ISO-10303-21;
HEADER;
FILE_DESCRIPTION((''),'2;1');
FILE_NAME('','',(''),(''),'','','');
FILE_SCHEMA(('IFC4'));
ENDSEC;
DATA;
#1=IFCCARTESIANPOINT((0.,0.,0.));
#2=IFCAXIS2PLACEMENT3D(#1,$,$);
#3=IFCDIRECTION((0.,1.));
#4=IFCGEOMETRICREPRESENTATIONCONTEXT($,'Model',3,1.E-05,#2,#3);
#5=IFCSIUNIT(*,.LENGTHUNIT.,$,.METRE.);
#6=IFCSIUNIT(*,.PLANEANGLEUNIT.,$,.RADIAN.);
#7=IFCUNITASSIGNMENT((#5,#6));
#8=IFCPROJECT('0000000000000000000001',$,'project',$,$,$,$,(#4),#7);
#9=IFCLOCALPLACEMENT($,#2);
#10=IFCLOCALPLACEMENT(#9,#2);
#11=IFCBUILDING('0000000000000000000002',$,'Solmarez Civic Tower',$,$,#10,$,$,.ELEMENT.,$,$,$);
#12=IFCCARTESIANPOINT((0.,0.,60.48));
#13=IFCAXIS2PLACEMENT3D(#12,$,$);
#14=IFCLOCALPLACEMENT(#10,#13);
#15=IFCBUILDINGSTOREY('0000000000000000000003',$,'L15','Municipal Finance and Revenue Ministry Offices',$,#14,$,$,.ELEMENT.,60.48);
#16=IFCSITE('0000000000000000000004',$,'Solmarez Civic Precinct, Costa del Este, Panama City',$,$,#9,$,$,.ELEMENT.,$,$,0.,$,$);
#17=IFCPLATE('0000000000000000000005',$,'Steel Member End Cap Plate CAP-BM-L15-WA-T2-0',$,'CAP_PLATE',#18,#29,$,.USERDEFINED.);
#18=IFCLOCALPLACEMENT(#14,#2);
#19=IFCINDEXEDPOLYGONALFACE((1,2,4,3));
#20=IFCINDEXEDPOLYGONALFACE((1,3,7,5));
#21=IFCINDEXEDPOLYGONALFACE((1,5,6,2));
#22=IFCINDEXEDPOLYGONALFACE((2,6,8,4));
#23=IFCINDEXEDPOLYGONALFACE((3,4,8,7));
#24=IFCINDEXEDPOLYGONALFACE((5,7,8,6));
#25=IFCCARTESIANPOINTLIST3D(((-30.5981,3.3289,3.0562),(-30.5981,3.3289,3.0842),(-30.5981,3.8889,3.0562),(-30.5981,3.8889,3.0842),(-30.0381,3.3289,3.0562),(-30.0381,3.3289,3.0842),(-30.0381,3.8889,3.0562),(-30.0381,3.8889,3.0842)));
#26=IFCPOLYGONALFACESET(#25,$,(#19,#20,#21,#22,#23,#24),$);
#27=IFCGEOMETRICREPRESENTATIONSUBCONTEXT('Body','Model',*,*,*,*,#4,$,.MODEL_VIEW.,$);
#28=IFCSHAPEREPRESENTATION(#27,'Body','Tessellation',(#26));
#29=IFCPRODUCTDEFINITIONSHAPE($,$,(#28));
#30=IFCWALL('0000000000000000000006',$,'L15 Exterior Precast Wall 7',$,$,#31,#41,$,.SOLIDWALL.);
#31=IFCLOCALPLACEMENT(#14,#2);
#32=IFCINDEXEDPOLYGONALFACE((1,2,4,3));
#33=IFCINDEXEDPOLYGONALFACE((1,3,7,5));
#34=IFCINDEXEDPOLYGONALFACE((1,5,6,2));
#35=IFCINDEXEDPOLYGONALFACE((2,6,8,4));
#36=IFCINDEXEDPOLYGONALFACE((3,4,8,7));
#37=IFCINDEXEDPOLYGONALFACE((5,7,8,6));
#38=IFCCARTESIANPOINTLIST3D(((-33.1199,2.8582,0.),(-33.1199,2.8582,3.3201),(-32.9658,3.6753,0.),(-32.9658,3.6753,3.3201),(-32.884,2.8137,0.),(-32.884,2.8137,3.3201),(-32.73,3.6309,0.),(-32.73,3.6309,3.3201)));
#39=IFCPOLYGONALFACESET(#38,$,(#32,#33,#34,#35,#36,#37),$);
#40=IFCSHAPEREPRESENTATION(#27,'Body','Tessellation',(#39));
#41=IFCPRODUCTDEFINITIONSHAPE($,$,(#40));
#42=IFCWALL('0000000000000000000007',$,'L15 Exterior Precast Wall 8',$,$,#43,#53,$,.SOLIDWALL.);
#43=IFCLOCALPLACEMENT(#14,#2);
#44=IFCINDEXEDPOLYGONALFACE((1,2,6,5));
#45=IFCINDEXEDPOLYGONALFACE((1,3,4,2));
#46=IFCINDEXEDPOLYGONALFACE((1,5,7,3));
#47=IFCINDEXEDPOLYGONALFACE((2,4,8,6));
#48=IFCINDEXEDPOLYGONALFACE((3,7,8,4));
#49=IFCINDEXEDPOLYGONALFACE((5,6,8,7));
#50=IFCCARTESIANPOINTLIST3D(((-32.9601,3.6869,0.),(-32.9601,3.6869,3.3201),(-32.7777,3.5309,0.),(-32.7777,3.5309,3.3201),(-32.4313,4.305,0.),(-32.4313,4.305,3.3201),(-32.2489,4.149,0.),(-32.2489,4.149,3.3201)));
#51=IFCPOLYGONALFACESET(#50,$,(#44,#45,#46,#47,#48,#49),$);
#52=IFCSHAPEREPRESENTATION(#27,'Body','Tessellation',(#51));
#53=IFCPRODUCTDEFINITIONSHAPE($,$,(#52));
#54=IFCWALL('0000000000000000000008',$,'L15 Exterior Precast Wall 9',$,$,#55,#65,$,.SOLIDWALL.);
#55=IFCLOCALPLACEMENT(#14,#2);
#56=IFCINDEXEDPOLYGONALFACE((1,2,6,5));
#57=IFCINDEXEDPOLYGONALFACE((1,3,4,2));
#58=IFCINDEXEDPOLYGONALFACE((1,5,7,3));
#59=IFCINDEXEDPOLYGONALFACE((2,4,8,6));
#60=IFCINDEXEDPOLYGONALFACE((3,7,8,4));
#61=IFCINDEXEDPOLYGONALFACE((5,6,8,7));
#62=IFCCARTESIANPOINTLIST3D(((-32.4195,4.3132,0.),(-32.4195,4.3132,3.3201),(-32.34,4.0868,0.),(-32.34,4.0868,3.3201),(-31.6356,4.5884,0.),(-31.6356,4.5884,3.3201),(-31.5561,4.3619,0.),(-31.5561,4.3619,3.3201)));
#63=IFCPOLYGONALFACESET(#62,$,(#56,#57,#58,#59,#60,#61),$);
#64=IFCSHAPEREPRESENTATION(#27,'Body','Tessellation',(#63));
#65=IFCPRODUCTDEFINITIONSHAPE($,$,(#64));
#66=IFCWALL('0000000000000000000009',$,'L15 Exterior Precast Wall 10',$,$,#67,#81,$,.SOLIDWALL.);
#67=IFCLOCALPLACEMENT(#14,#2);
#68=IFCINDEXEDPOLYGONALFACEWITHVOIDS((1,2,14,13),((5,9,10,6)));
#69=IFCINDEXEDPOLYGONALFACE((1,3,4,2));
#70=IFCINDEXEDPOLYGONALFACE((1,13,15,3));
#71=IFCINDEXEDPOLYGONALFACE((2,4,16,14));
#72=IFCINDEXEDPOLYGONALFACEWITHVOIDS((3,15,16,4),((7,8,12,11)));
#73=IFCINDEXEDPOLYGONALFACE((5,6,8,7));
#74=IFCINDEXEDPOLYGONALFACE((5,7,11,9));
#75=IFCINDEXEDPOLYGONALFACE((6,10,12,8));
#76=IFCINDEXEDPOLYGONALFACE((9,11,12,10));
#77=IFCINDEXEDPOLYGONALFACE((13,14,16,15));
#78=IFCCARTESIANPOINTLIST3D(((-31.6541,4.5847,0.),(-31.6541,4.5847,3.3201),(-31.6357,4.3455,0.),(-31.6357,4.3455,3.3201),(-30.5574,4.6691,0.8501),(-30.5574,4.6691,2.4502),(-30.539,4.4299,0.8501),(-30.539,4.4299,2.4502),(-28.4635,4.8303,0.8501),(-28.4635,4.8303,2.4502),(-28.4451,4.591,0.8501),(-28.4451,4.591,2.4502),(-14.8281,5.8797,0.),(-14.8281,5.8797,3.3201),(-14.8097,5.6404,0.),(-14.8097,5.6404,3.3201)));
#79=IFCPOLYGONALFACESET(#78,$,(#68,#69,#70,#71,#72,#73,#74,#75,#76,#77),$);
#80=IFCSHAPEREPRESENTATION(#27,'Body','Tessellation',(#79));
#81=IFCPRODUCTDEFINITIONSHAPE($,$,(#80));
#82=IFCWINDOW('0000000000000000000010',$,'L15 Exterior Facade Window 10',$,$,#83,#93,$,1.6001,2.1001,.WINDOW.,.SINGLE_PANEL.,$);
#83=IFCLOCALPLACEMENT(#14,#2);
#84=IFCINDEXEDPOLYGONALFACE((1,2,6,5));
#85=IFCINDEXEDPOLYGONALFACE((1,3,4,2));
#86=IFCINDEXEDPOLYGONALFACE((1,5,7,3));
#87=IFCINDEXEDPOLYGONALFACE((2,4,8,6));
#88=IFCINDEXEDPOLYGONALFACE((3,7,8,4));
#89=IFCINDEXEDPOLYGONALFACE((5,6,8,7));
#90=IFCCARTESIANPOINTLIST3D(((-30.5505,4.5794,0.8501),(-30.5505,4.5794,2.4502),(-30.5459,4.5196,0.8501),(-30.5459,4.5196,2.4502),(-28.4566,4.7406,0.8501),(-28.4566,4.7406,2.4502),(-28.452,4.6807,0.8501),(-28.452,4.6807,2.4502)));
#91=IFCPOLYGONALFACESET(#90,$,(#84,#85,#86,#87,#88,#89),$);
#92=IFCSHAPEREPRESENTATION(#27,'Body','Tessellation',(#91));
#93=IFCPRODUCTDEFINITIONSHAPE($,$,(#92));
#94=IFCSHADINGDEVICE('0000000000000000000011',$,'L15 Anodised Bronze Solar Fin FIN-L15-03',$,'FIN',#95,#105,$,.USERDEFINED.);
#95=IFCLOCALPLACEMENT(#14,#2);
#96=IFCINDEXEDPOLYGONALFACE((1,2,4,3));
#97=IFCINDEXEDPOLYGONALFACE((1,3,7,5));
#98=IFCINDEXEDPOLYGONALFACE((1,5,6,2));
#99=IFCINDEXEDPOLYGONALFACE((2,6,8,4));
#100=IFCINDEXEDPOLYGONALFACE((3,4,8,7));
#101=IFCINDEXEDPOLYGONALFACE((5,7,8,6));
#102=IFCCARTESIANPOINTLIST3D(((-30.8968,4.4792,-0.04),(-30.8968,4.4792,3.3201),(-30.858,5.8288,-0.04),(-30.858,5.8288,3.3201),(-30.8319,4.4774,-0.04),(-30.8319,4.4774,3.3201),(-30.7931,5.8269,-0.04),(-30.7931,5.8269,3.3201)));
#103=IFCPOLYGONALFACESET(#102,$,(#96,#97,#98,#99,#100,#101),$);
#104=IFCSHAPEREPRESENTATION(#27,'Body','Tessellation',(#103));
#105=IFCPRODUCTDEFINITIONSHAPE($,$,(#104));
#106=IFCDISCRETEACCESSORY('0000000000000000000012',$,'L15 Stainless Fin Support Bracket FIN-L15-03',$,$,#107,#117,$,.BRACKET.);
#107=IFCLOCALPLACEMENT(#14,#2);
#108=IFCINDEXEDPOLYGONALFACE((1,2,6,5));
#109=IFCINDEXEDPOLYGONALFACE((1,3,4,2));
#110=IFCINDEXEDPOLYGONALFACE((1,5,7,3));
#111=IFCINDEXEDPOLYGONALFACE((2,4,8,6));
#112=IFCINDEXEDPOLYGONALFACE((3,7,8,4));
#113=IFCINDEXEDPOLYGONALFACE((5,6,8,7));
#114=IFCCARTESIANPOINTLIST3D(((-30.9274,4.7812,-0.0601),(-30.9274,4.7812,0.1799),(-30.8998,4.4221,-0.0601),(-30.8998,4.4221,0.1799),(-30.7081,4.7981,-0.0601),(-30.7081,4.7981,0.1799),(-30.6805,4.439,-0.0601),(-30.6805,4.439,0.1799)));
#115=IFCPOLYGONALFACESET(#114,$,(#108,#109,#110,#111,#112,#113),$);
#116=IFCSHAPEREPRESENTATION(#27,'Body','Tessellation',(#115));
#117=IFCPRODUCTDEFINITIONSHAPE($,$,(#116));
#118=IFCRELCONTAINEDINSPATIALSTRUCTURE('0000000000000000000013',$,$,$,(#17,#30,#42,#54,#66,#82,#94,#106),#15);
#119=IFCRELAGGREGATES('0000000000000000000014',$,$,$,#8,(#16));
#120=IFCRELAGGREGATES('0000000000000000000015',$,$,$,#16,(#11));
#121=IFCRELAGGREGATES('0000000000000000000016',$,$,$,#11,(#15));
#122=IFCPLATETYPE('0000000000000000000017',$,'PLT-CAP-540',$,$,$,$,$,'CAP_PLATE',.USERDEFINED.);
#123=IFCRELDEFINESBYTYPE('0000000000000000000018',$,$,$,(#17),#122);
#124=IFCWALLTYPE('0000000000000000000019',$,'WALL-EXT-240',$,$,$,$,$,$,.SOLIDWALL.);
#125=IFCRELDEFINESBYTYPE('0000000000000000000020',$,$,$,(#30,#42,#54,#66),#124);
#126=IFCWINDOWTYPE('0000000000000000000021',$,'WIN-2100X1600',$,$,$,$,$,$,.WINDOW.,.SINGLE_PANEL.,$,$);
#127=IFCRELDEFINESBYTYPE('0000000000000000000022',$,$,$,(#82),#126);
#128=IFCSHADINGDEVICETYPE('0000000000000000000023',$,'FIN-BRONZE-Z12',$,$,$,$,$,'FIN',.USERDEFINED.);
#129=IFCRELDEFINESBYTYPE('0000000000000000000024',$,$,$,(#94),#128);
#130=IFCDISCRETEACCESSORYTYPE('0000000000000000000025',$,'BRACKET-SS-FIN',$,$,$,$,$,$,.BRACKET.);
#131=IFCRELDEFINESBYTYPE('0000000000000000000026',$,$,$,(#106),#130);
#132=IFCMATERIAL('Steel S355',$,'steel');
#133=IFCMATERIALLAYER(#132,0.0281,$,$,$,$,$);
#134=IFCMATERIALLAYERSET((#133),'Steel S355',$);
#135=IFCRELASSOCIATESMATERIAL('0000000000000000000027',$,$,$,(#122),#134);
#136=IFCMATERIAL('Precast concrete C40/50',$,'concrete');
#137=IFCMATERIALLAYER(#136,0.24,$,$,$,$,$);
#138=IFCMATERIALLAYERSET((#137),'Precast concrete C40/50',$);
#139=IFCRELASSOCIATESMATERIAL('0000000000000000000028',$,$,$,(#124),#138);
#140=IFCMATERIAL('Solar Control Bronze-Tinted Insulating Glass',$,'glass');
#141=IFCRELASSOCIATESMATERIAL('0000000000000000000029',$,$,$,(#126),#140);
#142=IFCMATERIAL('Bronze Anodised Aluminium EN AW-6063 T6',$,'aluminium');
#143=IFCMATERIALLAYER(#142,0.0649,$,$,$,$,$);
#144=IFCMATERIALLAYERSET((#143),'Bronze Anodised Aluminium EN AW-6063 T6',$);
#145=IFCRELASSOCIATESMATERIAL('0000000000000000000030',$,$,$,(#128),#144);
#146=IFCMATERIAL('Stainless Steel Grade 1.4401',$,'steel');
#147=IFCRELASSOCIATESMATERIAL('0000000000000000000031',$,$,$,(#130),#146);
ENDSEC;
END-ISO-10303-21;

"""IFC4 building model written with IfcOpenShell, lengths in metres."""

from ifc_helpers import new_model, si_unit, direction, frame, frame_2d, origin, origin_2d, place, context, subcontext, project, spatial, rectangle, extrude, material, layer, layer_set, type_object, element, fill, save


model = new_model("IFC4")

# Units and contexts
model_context = context("Model", 3, precision=1e-05, world=origin(), true_north=direction((0.0, 1.0)))
body_context = subcontext(model_context, "Body", "Model", "MODEL_VIEW")
ifc_project = project(units=[si_unit("LENGTHUNIT", "METRE"), si_unit("PLANEANGLEUNIT", "RADIAN")], contexts=[model_context])

# Site, building, storey
site_placement = place(None, origin())
site = spatial("IfcSite", under=ifc_project, at=site_placement, Name="Solmarez Civic Precinct, Costa del Este, Panama City", CompositionType="ELEMENT", RefElevation=0.0)
building_placement = place(site_placement, origin())
building = spatial("IfcBuilding", under=site, at=building_placement, Name="Solmarez Civic Tower", CompositionType="ELEMENT")
storey_placement = place(building_placement, frame((0.0, 0.0, 60.48)))
storey = spatial("IfcBuildingStorey", under=building, at=storey_placement, Name="L15", Description="Municipal Finance and Revenue Ministry Offices", CompositionType="ELEMENT", Elevation=60.48)

# Shared definitions
ifc_material_1 = material(Name="Steel S355", Category="steel")

# Shared definitions
ifc_material_2 = material(Name="Bronze Anodised Aluminium EN AW-6063 T6", Category="aluminium")

# Plate
ifc_layer_1 = layer(ifc_material_1, 0.0281)
ifc_layer_set_1 = layer_set([ifc_layer_1], Name="Steel S355")
plate_type_1 = type_object("IfcPlateType", Name="PLT-CAP-540", ElementType="CAP_PLATE", PredefinedType="USERDEFINED", material=ifc_layer_set_1)
plate_1_placement = place(storey_placement, frame((-30.3181, 3.6089, 3.0562), z_axis=(0.0, 0.0, 1.0), x_axis=(1.0, 0.0, 0.0)))
element("IfcPlate", 1, at=plate_1_placement, inside=storey, type_object=plate_type_1, Name="Steel Member End Cap Plate CAP-BM-L15-WA-T2-0", ObjectType="CAP_PLATE", PredefinedType="USERDEFINED", context=body_context, shape_type="SweptSolid", body=[
    extrude(rectangle(XDim=0.5601, YDim=0.5601, at=origin_2d()), origin(), (0.0, 0.0, 1.0), 0.0281),
])

# Walls
ifc_material_3 = material(Name="Precast concrete C40/50", Category="concrete")
ifc_layer_2 = layer(ifc_material_3, 0.24)
ifc_layer_set_2 = layer_set([ifc_layer_2], Name="Precast concrete C40/50")
wall_type = type_object("IfcWallType", Name="WALL-EXT-240", PredefinedType="SOLIDWALL", material=ifc_layer_set_2)
wall_1_placement = place(storey_placement, frame((-33.002, 2.8359, 0.0), z_axis=(0.0, 0.0, 1.0), x_axis=(0.185263, 0.982689, 0.0)))
element("IfcWall", 2, at=wall_1_placement, inside=storey, type_object=wall_type, Name="L15 Exterior Precast Wall 7", PredefinedType="SOLIDWALL", context=body_context, shape_type="SweptSolid", body=[
    extrude(rectangle(XDim=0.8315, YDim=0.24, at=frame_2d((0.4158, 0.0))), origin(), (0.0, 0.0, 1.0), 3.3201),
])
wall_2_placement = place(storey_placement, frame((-32.8689, 3.6089, 0.0), z_axis=(0.0, 0.0, 1.0), x_axis=(0.65005, 0.759892, 0.0)))
element("IfcWall", 3, at=wall_2_placement, inside=storey, type_object=wall_type, Name="L15 Exterior Precast Wall 8", PredefinedType="SOLIDWALL", context=body_context, shape_type="SweptSolid", body=[
    extrude(rectangle(XDim=0.8135, YDim=0.24, at=frame_2d((0.4067, 0.0))), origin(), (0.0, 0.0, 1.0), 3.3201),
])
wall_3_placement = place(storey_placement, frame((-32.3799, 4.2, 0.0), z_axis=(0.0, 0.0, 1.0), x_axis=(0.943569, 0.331175, 0.0)))
element("IfcWall", 4, at=wall_3_placement, inside=storey, type_object=wall_type, Name="L15 Exterior Precast Wall 9", PredefinedType="SOLIDWALL", context=body_context, shape_type="SweptSolid", body=[
    extrude(rectangle(XDim=0.8308, YDim=0.24, at=frame_2d((0.4155, 0.0))), origin(), (0.0, 0.0, 1.0), 3.3201),
])

# Wall, opening, window
wall_4_placement = place(storey_placement, frame((-31.645, 4.4651, 0.0), z_axis=(0.0, 0.0, 1.0), x_axis=(0.997052, 0.076733, 0.0)))
wall_4 = element("IfcWall", 5, at=wall_4_placement, inside=storey, type_object=wall_type, Name="L15 Exterior Precast Wall 10", PredefinedType="SOLIDWALL", context=body_context, shape_type="SweptSolid", body=[
    extrude(rectangle(XDim=16.8757, YDim=0.24, at=frame_2d((8.438, 0.0))), origin(), (0.0, 0.0, 1.0), 3.3201),
])
opening_placement = place(wall_4_placement, frame((1.1001, 0.0, 0.8501)))
opening = element("IfcOpeningElement", 6, at=opening_placement, cuts=wall_4, PredefinedType="OPENING", context=body_context, shape_type="SweptSolid", body=[
    extrude(rectangle(XDim=2.1001, YDim=1.6001, at=frame_2d((1.05, 0.8))), frame((0.0, 0.1299, 0.0), z_axis=(0.0, -1.0, 0.0), x_axis=(1.0, 0.0, 0.0)), (0.0, 0.0, 1.0), 0.26),
])
ifc_material_4 = material(Name="Solar Control Bronze-Tinted Insulating Glass", Category="glass")
window_type = type_object("IfcWindowType", Name="WIN-2100X1600", PartitioningType="SINGLE_PANEL", PredefinedType="WINDOW", material=ifc_material_4)
window_placement = place(opening_placement, origin())
window = element("IfcWindow", 7, at=window_placement, inside=storey, type_object=window_type, Name="L15 Exterior Facade Window 10", OverallHeight=1.6001, OverallWidth=2.1001, PartitioningType="SINGLE_PANEL", PredefinedType="WINDOW", context=body_context, shape_type="SweptSolid", body=[
    extrude(rectangle(XDim=2.1001, YDim=1.6001, at=frame_2d((1.05, 0.8))), frame((0.0, 0.03, 0.0), z_axis=(0.0, -1.0, 0.0), x_axis=(1.0, 0.0, 0.0)), (0.0, 0.0, 1.0), 0.0601),
])
fill(opening, window)

# Shading device
ifc_layer_3 = layer(ifc_material_2, 0.0649)
ifc_layer_set_3 = layer_set([ifc_layer_3], Name="Bronze Anodised Aluminium EN AW-6063 T6")
shading_device_type = type_object("IfcShadingDeviceType", Name="FIN-BRONZE-Z12", ElementType="FIN", PredefinedType="USERDEFINED", material=ifc_layer_set_3)
shading_device_placement = place(storey_placement, frame((-30.845, 5.1531, -0.04), z_axis=(0.0, 0.0, 1.0), x_axis=(0.028724, 0.999587, 0.0)))
element("IfcShadingDevice", 8, at=shading_device_placement, inside=storey, type_object=shading_device_type, Name="L15 Anodised Bronze Solar Fin FIN-L15-03", ObjectType="FIN", PredefinedType="USERDEFINED", context=body_context, shape_type="SweptSolid", body=[
    extrude(rectangle(XDim=1.3501, YDim=0.0649, at=origin_2d()), origin(), (0.0, 0.0, 1.0), 3.3601),
])

# Discrete accessory
ifc_material_5 = material(Name="Stainless Steel Grade 1.4401", Category="steel")
discrete_accessory_type = type_object("IfcDiscreteAccessoryType", Name="BRACKET-SS-FIN", PredefinedType="BRACKET", material=ifc_material_5)
discrete_accessory_placement = place(storey_placement, frame((-30.804, 4.6101, -0.0601), z_axis=(0.0, 0.0, 1.0), x_axis=(-0.076756, 0.99705, 0.0)))
element("IfcDiscreteAccessory", 9, at=discrete_accessory_placement, inside=storey, type_object=discrete_accessory_type, Name="L15 Stainless Fin Support Bracket FIN-L15-03", PredefinedType="BRACKET", context=body_context, shape_type="SweptSolid", body=[
    extrude(rectangle(XDim=0.3601, YDim=0.22, at=origin_2d()), origin(), (0.0, 0.0, 1.0), 0.24),
])

save(model, "model.ifc")
